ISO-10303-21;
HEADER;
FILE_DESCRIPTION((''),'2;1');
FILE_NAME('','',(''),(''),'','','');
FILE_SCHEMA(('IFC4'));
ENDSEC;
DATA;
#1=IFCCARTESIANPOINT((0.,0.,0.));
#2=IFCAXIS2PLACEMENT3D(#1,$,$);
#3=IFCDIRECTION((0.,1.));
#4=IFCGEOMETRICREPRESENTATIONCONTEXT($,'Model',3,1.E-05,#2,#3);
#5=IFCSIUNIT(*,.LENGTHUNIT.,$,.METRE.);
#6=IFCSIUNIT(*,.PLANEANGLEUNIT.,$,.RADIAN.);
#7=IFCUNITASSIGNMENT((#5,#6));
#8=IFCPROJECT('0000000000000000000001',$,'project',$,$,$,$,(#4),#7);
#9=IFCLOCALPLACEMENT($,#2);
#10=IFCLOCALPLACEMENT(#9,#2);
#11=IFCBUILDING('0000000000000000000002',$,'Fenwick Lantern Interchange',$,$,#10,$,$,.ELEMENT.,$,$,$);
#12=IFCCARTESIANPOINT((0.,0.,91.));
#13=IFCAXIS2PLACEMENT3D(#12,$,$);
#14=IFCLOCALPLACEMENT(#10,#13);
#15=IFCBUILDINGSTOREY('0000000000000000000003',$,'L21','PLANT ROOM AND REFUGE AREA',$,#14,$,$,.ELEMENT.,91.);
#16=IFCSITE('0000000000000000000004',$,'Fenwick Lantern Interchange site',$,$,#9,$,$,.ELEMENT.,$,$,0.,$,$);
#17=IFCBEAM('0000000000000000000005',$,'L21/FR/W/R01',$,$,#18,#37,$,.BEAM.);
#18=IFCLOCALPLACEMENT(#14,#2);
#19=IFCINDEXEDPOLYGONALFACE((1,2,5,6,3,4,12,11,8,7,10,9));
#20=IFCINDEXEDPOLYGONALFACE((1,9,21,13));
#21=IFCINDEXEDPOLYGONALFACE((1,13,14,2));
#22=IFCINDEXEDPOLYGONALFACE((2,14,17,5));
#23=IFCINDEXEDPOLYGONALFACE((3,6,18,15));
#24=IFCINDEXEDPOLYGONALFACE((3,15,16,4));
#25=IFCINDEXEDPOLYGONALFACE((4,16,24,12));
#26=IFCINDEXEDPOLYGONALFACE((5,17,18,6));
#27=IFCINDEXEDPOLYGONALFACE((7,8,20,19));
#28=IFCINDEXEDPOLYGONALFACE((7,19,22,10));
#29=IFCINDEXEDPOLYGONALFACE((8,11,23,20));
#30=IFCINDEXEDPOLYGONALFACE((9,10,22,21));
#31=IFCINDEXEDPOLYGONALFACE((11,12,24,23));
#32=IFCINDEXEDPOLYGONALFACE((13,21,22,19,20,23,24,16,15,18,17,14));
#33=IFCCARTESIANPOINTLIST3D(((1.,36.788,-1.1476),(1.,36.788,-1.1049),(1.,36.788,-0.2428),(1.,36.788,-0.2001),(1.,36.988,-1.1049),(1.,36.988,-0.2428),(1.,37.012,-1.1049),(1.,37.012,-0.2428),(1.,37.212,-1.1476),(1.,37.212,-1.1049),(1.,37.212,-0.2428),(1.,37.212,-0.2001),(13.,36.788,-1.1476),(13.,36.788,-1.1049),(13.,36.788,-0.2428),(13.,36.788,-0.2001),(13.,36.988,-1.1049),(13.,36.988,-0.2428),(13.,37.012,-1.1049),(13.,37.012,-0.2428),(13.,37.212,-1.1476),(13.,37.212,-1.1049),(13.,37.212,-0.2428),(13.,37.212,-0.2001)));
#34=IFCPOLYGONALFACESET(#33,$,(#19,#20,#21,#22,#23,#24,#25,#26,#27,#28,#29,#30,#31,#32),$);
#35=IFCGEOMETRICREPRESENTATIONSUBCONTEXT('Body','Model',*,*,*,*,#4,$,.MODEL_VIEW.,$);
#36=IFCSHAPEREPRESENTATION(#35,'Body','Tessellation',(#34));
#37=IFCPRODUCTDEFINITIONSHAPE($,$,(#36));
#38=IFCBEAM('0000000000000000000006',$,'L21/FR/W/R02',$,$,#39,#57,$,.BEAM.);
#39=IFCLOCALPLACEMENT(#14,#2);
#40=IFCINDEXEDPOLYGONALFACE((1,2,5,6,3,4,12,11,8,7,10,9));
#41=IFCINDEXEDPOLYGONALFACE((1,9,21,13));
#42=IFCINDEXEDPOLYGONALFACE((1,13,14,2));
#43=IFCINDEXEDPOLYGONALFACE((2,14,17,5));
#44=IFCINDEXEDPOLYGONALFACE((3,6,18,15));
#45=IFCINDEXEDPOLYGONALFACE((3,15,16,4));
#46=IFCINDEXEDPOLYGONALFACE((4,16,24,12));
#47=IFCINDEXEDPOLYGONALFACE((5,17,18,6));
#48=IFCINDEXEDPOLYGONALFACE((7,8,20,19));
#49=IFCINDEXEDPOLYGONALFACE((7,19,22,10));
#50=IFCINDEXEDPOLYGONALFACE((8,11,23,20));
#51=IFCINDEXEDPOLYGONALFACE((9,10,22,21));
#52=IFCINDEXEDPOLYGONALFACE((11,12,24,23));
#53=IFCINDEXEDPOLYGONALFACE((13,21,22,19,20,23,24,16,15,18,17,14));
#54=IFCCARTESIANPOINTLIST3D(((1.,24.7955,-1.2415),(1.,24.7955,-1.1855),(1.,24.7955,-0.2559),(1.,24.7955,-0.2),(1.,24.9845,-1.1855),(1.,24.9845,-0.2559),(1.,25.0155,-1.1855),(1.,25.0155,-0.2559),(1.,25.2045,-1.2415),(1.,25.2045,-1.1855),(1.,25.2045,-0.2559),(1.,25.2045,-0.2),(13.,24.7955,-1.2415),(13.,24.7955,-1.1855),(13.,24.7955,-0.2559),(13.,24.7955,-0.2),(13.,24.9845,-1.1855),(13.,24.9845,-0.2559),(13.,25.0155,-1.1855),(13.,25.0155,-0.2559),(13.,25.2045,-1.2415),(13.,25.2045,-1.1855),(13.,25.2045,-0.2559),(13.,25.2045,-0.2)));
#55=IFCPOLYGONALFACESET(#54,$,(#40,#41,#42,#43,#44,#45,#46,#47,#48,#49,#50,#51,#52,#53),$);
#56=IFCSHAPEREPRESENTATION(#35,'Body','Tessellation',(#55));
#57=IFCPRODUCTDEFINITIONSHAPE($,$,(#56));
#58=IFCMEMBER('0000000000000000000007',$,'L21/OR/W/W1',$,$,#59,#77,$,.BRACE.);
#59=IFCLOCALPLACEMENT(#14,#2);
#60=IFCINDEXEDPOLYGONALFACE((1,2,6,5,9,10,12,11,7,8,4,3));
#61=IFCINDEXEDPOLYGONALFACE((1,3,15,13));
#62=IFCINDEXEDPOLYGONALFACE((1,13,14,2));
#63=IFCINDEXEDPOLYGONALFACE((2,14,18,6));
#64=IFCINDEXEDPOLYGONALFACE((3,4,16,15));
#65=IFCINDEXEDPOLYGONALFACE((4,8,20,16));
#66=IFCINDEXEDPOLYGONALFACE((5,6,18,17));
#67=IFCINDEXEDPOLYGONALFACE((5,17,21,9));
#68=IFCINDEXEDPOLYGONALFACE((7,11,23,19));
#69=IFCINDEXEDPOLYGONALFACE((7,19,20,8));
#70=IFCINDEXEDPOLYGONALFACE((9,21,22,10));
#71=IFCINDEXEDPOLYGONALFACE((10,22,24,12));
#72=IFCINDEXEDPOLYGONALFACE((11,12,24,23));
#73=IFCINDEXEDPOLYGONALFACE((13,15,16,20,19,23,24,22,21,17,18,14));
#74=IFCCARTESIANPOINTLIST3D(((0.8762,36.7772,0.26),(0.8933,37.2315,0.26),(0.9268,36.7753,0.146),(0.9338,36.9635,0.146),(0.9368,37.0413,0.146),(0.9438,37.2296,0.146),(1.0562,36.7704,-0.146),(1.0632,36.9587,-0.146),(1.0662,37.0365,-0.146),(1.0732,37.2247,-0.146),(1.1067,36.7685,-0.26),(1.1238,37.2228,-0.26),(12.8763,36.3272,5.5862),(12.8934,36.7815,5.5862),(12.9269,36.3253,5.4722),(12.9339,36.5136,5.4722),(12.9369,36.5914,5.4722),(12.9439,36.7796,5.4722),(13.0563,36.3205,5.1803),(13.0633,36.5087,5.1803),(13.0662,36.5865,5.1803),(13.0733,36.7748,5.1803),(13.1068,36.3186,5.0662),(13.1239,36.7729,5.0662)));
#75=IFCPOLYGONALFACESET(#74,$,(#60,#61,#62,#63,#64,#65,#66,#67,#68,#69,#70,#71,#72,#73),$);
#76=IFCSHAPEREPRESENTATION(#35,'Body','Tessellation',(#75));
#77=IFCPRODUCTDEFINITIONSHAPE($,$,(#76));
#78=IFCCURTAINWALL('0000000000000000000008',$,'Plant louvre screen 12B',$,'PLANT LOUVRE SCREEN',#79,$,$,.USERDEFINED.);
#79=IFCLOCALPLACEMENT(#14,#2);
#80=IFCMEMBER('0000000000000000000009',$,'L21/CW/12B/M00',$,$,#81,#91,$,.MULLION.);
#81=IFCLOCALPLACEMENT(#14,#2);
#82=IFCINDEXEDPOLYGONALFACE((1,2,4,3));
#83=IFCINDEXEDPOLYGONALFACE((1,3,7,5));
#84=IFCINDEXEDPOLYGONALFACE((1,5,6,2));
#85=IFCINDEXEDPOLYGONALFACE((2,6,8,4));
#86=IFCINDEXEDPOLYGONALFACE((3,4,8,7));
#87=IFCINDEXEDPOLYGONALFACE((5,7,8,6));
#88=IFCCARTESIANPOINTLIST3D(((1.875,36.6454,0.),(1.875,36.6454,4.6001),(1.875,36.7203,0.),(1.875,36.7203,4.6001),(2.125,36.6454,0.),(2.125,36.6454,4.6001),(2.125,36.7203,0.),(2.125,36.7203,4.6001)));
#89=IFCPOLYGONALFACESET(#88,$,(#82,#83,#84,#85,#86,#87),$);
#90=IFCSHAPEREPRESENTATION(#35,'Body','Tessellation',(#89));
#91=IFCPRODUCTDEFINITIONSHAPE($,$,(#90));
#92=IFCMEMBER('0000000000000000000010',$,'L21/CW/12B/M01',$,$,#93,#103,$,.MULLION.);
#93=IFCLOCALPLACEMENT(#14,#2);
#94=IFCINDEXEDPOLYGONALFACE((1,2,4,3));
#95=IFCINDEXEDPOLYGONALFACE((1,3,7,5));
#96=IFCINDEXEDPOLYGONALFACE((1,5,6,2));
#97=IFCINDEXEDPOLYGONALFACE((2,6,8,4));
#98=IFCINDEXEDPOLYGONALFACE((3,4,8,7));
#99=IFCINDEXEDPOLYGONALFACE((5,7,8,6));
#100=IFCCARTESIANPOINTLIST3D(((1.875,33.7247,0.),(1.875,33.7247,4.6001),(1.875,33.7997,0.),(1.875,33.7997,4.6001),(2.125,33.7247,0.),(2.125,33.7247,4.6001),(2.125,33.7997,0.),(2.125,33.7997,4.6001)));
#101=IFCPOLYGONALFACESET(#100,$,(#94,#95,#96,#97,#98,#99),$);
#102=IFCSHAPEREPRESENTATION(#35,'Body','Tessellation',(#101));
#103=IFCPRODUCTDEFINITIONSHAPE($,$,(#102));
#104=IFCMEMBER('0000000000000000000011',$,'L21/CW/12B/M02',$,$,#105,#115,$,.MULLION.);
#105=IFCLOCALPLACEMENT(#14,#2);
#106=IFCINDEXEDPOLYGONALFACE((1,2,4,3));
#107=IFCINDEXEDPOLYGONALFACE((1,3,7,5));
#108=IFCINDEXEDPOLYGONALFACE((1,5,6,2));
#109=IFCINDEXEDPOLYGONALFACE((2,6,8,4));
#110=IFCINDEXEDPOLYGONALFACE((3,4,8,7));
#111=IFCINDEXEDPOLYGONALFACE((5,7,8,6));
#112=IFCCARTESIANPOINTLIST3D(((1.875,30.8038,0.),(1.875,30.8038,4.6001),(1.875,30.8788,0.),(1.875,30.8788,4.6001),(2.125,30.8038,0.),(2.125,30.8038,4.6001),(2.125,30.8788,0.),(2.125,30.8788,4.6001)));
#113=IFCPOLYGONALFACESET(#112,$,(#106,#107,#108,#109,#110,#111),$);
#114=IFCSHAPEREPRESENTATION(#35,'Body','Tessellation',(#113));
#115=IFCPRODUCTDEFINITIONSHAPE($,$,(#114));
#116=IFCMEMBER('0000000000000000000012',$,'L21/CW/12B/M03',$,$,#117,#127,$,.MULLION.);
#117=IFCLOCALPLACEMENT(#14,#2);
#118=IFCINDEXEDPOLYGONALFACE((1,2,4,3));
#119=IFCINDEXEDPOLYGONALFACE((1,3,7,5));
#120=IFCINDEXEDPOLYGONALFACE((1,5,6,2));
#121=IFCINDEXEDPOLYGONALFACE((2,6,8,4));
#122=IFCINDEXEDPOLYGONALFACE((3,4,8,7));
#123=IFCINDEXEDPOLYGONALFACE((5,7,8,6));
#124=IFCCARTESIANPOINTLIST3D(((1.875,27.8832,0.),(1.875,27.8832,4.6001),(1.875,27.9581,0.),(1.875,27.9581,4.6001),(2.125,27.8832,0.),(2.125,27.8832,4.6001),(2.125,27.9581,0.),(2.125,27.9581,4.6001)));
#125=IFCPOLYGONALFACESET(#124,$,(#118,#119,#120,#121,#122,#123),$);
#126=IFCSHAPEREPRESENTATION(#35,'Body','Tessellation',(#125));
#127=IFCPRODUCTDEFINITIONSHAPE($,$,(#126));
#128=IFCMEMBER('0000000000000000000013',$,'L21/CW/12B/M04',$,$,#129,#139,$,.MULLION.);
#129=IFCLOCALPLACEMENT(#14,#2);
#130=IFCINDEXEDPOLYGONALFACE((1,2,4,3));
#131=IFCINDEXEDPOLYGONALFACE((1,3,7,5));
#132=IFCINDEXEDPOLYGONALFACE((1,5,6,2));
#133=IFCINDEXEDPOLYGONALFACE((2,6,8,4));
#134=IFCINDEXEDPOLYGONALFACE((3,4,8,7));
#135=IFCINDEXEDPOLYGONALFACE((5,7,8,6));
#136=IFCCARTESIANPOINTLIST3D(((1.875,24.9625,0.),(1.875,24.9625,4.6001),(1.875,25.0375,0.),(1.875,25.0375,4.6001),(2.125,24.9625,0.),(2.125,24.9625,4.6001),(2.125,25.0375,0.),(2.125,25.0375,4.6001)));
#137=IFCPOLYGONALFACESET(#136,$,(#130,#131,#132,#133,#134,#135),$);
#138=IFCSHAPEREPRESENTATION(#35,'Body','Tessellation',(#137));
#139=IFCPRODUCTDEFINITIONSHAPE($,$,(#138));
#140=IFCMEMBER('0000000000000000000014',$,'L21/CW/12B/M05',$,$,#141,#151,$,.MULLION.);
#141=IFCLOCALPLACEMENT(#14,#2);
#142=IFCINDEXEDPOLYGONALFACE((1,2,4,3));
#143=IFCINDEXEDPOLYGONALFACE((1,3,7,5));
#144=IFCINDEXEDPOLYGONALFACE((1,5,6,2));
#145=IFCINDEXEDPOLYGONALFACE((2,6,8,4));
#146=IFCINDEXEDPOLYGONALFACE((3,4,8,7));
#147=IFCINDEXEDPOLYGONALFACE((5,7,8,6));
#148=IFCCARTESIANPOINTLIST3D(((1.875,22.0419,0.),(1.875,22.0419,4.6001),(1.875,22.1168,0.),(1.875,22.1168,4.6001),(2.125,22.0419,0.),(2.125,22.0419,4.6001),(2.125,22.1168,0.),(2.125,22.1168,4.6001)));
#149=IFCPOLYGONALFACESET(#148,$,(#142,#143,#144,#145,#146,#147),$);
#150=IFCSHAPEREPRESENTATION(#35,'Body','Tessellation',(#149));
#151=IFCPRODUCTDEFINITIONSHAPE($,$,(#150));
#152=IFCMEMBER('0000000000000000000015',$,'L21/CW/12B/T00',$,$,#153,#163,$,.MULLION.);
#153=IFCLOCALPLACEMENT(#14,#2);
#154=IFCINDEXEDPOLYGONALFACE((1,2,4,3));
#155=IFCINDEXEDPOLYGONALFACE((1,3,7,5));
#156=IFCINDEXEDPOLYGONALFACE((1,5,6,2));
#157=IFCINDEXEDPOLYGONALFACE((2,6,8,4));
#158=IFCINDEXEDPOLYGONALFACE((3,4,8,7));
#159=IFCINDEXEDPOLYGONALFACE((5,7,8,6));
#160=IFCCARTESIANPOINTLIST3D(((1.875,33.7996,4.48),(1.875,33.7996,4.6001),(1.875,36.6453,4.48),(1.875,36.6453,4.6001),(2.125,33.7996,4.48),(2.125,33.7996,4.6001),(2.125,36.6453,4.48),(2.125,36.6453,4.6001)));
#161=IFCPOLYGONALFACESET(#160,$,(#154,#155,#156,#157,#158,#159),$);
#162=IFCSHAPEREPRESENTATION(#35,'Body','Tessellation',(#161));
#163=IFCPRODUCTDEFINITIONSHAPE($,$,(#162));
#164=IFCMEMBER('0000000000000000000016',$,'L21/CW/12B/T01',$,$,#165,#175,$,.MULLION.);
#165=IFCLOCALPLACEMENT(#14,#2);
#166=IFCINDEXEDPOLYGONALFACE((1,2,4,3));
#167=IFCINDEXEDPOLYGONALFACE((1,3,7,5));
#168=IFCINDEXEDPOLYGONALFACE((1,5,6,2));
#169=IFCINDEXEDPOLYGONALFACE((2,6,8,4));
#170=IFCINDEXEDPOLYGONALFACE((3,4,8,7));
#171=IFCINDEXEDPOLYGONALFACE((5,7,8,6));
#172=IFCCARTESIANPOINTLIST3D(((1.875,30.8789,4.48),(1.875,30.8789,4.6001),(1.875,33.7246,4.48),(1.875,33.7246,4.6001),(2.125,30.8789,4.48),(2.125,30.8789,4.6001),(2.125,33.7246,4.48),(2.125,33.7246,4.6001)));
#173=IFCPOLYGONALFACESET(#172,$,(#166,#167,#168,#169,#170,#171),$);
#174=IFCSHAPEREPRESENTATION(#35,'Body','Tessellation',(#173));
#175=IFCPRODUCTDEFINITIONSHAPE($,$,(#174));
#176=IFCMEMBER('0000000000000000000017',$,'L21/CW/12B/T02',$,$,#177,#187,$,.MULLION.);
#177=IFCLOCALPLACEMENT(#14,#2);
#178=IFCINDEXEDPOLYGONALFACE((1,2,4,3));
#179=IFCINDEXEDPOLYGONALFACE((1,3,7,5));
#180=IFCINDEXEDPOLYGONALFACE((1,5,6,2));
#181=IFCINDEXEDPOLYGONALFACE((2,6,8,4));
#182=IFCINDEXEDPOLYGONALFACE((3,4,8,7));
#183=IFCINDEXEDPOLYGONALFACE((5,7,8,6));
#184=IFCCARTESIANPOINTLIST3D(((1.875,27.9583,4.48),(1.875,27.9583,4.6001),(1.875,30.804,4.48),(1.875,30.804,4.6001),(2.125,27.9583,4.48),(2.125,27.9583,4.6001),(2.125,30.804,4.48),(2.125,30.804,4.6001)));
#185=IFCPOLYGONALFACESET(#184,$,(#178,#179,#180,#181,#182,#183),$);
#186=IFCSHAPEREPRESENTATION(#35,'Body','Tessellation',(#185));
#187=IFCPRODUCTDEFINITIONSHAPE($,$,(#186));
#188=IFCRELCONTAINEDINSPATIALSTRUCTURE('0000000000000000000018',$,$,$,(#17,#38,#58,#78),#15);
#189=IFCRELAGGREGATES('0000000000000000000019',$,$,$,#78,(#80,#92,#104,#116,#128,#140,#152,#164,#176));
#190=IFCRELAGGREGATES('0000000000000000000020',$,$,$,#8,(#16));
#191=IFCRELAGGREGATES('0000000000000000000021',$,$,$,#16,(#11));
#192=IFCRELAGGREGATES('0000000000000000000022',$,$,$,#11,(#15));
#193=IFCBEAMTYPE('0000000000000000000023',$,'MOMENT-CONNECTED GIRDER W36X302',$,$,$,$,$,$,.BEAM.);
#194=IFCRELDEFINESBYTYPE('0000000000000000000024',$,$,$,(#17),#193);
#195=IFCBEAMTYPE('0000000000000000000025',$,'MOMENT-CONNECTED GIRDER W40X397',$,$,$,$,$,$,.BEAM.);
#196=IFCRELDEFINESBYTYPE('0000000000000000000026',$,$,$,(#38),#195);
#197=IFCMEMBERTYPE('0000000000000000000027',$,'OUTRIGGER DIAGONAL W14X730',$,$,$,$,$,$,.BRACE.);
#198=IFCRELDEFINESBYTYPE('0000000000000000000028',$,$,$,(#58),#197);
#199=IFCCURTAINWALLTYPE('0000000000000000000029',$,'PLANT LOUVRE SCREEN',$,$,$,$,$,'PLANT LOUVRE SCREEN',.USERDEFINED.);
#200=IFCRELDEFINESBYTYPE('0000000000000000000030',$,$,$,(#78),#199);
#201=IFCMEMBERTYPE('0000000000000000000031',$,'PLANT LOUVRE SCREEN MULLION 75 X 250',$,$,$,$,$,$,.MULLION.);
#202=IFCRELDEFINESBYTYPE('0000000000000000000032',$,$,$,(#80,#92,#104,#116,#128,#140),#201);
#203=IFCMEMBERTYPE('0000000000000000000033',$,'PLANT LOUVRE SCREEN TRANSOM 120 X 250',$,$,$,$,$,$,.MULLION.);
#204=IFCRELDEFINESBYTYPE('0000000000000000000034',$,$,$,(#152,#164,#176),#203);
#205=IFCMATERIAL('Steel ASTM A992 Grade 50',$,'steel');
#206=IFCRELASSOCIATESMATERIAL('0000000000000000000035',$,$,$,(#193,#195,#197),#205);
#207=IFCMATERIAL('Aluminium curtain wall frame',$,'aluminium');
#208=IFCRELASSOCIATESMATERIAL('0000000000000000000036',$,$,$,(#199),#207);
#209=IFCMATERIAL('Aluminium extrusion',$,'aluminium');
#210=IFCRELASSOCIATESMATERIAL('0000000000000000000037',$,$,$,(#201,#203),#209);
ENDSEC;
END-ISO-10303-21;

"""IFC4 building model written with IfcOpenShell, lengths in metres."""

from ifc_helpers import new_model, si_unit, direction, frame, origin, origin_2d, place, context, subcontext, project, spatial, rectangle, i_section, extrude, material, material_profile, profile_set, type_object, element, aggregate, save


model = new_model("IFC4")

# Units and contexts
model_context = context("Model", 3, precision=1e-05, world=origin(), true_north=direction((0.0, 1.0)))
body_context = subcontext(model_context, "Body", "Model", "MODEL_VIEW")
ifc_project = project(units=[si_unit("LENGTHUNIT", "METRE"), si_unit("PLANEANGLEUNIT", "RADIAN")], contexts=[model_context])

# Site, building, storey
site_placement = place(None, origin())
site = spatial("IfcSite", under=ifc_project, at=site_placement, Name="Fenwick Lantern Interchange site", CompositionType="ELEMENT", RefElevation=0.0)
building_placement = place(site_placement, origin())
building = spatial("IfcBuilding", under=site, at=building_placement, Name="Fenwick Lantern Interchange", CompositionType="ELEMENT")
storey_placement = place(building_placement, frame((0.0, 0.0, 91.0)))
storey = spatial("IfcBuildingStorey", under=building, at=storey_placement, Name="L21", Description="PLANT ROOM AND REFUGE AREA", CompositionType="ELEMENT", Elevation=91.0)

# Shared definitions
ifc_material_1 = material(Name="Steel ASTM A992 Grade 50", Category="steel")

# Beams
ifc_material_profile_1 = material_profile(ifc_material_1, i_section(OverallWidth=0.4241, OverallDepth=0.9475, WebThickness=0.0239, FlangeThickness=0.0427, at=origin_2d()), Name="W36X302")
ifc_profile_set_1 = profile_set([ifc_material_profile_1], Name="Steel ASTM A992 Grade 50")
beam_type_1 = type_object("IfcBeamType", Name="MOMENT-CONNECTED GIRDER W36X302", PredefinedType="BEAM", material=ifc_profile_set_1)
beam_1_placement = place(storey_placement, frame((1.0, 37.0, -0.6738), z_axis=(1.0, 0.0, 0.0), x_axis=(0.0, 1.0, 0.0)))
element("IfcBeam", 1, at=beam_1_placement, inside=storey, type_object=beam_type_1, Name="L21/FR/W/R01", PredefinedType="BEAM", context=body_context, shape_type="SweptSolid", body=[
    extrude(i_section(OverallWidth=0.4241, OverallDepth=0.9475, WebThickness=0.0239, FlangeThickness=0.0427, at=origin_2d()), origin(), (0.0, 0.0, 1.0), 12.0),
])
ifc_material_profile_2 = material_profile(ifc_material_1, i_section(OverallWidth=0.4089, OverallDepth=1.0415, WebThickness=0.031, FlangeThickness=0.0559, at=origin_2d()), Name="W40X397")
ifc_profile_set_2 = profile_set([ifc_material_profile_2], Name="Steel ASTM A992 Grade 50")
beam_type_2 = type_object("IfcBeamType", Name="MOMENT-CONNECTED GIRDER W40X397", PredefinedType="BEAM", material=ifc_profile_set_2)
beam_2_placement = place(storey_placement, frame((1.0, 25.0, -0.7207), z_axis=(1.0, 0.0, 0.0), x_axis=(0.0, 1.0, 0.0)))
element("IfcBeam", 2, at=beam_2_placement, inside=storey, type_object=beam_type_2, Name="L21/FR/W/R02", PredefinedType="BEAM", context=body_context, shape_type="SweptSolid", body=[
    extrude(i_section(OverallWidth=0.4089, OverallDepth=1.0415, WebThickness=0.031, FlangeThickness=0.0559, at=origin_2d()), origin(), (0.0, 0.0, 1.0), 12.0),
])

# Member
ifc_material_profile_3 = material_profile(ifc_material_1, i_section(OverallWidth=0.4546, OverallDepth=0.5688, WebThickness=0.0779, FlangeThickness=0.1248, at=origin_2d()), Name="W14X730")
ifc_profile_set_3 = profile_set([ifc_material_profile_3], Name="Steel ASTM A992 Grade 50")
member_type_1 = type_object("IfcMemberType", Name="OUTRIGGER DIAGONAL W14X730", PredefinedType="BRACE", material=ifc_profile_set_3)
member_1_placement = place(storey_placement, frame((1.0, 37.0, 0.0), z_axis=(0.913478, -0.034252, 0.405445), x_axis=(0.03747, 0.999298, 0.0)))
element("IfcMember", 3, at=member_1_placement, inside=storey, type_object=member_type_1, Name="L21/OR/W/W1", PredefinedType="BRACE", context=body_context, shape_type="SweptSolid", body=[
    extrude(i_section(OverallWidth=0.4546, OverallDepth=0.5688, WebThickness=0.0779, FlangeThickness=0.1248, at=origin_2d()), origin(), (0.0, 0.0, 1.0), 13.1367),
])

# Curtain wall, members
ifc_material_2 = material(Name="Aluminium curtain wall frame", Category="aluminium")
curtain_wall_type = type_object("IfcCurtainWallType", Name="PLANT LOUVRE SCREEN", ElementType="PLANT LOUVRE SCREEN", PredefinedType="USERDEFINED", material=ifc_material_2)
curtain_wall_placement = place(storey_placement, origin())
curtain_wall = element("IfcCurtainWall", 4, at=curtain_wall_placement, inside=storey, type_object=curtain_wall_type, Name="Plant louvre screen 12B", ObjectType="PLANT LOUVRE SCREEN", PredefinedType="USERDEFINED")
ifc_material_3 = material(Name="Aluminium extrusion", Category="aluminium")
ifc_material_profile_4 = material_profile(ifc_material_3, rectangle(XDim=0.25, YDim=0.075, at=origin_2d()), Name="PLANT LOUVRE SCREEN MULLION 75 X 250")
ifc_profile_set_4 = profile_set([ifc_material_profile_4], Name="Aluminium extrusion")
member_type_2 = type_object("IfcMemberType", Name="PLANT LOUVRE SCREEN MULLION 75 X 250", PredefinedType="MULLION", material=ifc_profile_set_4)
member_2_placement = place(storey_placement, frame((2.0, 36.6829, 0.0), z_axis=(0.0, 0.0, 1.0), x_axis=(1.0, 0.0, 0.0)))
member_2 = element("IfcMember", 5, at=member_2_placement, type_object=member_type_2, Name="L21/CW/12B/M00", PredefinedType="MULLION", context=body_context, shape_type="SweptSolid", body=[
    extrude(rectangle(XDim=0.25, YDim=0.075, at=origin_2d()), origin(), (0.0, 0.0, 1.0), 4.6001),
])
member_3_placement = place(storey_placement, frame((2.0, 33.7622, 0.0), z_axis=(0.0, 0.0, 1.0), x_axis=(1.0, 0.0, 0.0)))
member_3 = element("IfcMember", 6, at=member_3_placement, type_object=member_type_2, Name="L21/CW/12B/M01", PredefinedType="MULLION", context=body_context, shape_type="SweptSolid", body=[
    extrude(rectangle(XDim=0.25, YDim=0.075, at=origin_2d()), origin(), (0.0, 0.0, 1.0), 4.6001),
])
member_4_placement = place(storey_placement, frame((2.0, 30.8413, 0.0), z_axis=(0.0, 0.0, 1.0), x_axis=(1.0, 0.0, 0.0)))
member_4 = element("IfcMember", 7, at=member_4_placement, type_object=member_type_2, Name="L21/CW/12B/M02", PredefinedType="MULLION", context=body_context, shape_type="SweptSolid", body=[
    extrude(rectangle(XDim=0.25, YDim=0.075, at=origin_2d()), origin(), (0.0, 0.0, 1.0), 4.6001),
])
member_5_placement = place(storey_placement, frame((2.0, 27.9207, 0.0), z_axis=(0.0, 0.0, 1.0), x_axis=(1.0, 0.0, 0.0)))
member_5 = element("IfcMember", 8, at=member_5_placement, type_object=member_type_2, Name="L21/CW/12B/M03", PredefinedType="MULLION", context=body_context, shape_type="SweptSolid", body=[
    extrude(rectangle(XDim=0.25, YDim=0.075, at=origin_2d()), origin(), (0.0, 0.0, 1.0), 4.6001),
])
member_6_placement = place(storey_placement, frame((2.0, 25.0, 0.0), z_axis=(0.0, 0.0, 1.0), x_axis=(1.0, 0.0, 0.0)))
member_6 = element("IfcMember", 9, at=member_6_placement, type_object=member_type_2, Name="L21/CW/12B/M04", PredefinedType="MULLION", context=body_context, shape_type="SweptSolid", body=[
    extrude(rectangle(XDim=0.25, YDim=0.075, at=origin_2d()), origin(), (0.0, 0.0, 1.0), 4.6001),
])
member_7_placement = place(storey_placement, frame((2.0, 22.0793, 0.0), z_axis=(0.0, 0.0, 1.0), x_axis=(1.0, 0.0, 0.0)))
member_7 = element("IfcMember", 10, at=member_7_placement, type_object=member_type_2, Name="L21/CW/12B/M05", PredefinedType="MULLION", context=body_context, shape_type="SweptSolid", body=[
    extrude(rectangle(XDim=0.25, YDim=0.075, at=origin_2d()), origin(), (0.0, 0.0, 1.0), 4.6001),
])
ifc_material_profile_5 = material_profile(ifc_material_3, rectangle(XDim=0.25, YDim=0.1201, at=origin_2d()), Name="PLANT LOUVRE SCREEN TRANSOM 120 X 250")
ifc_profile_set_5 = profile_set([ifc_material_profile_5], Name="Aluminium extrusion")
member_type_3 = type_object("IfcMemberType", Name="PLANT LOUVRE SCREEN TRANSOM 120 X 250", PredefinedType="MULLION", material=ifc_profile_set_5)
member_8_placement = place(storey_placement, frame((2.0, 36.6453, 4.54), z_axis=(0.0, -1.0, 0.0), x_axis=(1.0, 0.0, 0.0)))
member_8 = element("IfcMember", 11, at=member_8_placement, type_object=member_type_3, Name="L21/CW/12B/T00", PredefinedType="MULLION", context=body_context, shape_type="SweptSolid", body=[
    extrude(rectangle(XDim=0.25, YDim=0.1201, at=origin_2d()), origin(), (0.0, 0.0, 1.0), 2.8457),
])
member_9_placement = place(storey_placement, frame((2.0, 33.7246, 4.54), z_axis=(0.0, -1.0, 0.0), x_axis=(1.0, 0.0, 0.0)))
member_9 = element("IfcMember", 12, at=member_9_placement, type_object=member_type_3, Name="L21/CW/12B/T01", PredefinedType="MULLION", context=body_context, shape_type="SweptSolid", body=[
    extrude(rectangle(XDim=0.25, YDim=0.1201, at=origin_2d()), origin(), (0.0, 0.0, 1.0), 2.8457),
])
member_10_placement = place(storey_placement, frame((2.0, 30.804, 4.54), z_axis=(0.0, -1.0, 0.0), x_axis=(1.0, 0.0, 0.0)))
member_10 = element("IfcMember", 13, at=member_10_placement, type_object=member_type_3, Name="L21/CW/12B/T02", PredefinedType="MULLION", context=body_context, shape_type="SweptSolid", body=[
    extrude(rectangle(XDim=0.25, YDim=0.1201, at=origin_2d()), origin(), (0.0, 0.0, 1.0), 2.8457),
])

aggregate(curtain_wall, [member_2, member_3, member_4, member_5, member_6, member_7, member_8, member_9, member_10])

save(model, "model.ifc")
